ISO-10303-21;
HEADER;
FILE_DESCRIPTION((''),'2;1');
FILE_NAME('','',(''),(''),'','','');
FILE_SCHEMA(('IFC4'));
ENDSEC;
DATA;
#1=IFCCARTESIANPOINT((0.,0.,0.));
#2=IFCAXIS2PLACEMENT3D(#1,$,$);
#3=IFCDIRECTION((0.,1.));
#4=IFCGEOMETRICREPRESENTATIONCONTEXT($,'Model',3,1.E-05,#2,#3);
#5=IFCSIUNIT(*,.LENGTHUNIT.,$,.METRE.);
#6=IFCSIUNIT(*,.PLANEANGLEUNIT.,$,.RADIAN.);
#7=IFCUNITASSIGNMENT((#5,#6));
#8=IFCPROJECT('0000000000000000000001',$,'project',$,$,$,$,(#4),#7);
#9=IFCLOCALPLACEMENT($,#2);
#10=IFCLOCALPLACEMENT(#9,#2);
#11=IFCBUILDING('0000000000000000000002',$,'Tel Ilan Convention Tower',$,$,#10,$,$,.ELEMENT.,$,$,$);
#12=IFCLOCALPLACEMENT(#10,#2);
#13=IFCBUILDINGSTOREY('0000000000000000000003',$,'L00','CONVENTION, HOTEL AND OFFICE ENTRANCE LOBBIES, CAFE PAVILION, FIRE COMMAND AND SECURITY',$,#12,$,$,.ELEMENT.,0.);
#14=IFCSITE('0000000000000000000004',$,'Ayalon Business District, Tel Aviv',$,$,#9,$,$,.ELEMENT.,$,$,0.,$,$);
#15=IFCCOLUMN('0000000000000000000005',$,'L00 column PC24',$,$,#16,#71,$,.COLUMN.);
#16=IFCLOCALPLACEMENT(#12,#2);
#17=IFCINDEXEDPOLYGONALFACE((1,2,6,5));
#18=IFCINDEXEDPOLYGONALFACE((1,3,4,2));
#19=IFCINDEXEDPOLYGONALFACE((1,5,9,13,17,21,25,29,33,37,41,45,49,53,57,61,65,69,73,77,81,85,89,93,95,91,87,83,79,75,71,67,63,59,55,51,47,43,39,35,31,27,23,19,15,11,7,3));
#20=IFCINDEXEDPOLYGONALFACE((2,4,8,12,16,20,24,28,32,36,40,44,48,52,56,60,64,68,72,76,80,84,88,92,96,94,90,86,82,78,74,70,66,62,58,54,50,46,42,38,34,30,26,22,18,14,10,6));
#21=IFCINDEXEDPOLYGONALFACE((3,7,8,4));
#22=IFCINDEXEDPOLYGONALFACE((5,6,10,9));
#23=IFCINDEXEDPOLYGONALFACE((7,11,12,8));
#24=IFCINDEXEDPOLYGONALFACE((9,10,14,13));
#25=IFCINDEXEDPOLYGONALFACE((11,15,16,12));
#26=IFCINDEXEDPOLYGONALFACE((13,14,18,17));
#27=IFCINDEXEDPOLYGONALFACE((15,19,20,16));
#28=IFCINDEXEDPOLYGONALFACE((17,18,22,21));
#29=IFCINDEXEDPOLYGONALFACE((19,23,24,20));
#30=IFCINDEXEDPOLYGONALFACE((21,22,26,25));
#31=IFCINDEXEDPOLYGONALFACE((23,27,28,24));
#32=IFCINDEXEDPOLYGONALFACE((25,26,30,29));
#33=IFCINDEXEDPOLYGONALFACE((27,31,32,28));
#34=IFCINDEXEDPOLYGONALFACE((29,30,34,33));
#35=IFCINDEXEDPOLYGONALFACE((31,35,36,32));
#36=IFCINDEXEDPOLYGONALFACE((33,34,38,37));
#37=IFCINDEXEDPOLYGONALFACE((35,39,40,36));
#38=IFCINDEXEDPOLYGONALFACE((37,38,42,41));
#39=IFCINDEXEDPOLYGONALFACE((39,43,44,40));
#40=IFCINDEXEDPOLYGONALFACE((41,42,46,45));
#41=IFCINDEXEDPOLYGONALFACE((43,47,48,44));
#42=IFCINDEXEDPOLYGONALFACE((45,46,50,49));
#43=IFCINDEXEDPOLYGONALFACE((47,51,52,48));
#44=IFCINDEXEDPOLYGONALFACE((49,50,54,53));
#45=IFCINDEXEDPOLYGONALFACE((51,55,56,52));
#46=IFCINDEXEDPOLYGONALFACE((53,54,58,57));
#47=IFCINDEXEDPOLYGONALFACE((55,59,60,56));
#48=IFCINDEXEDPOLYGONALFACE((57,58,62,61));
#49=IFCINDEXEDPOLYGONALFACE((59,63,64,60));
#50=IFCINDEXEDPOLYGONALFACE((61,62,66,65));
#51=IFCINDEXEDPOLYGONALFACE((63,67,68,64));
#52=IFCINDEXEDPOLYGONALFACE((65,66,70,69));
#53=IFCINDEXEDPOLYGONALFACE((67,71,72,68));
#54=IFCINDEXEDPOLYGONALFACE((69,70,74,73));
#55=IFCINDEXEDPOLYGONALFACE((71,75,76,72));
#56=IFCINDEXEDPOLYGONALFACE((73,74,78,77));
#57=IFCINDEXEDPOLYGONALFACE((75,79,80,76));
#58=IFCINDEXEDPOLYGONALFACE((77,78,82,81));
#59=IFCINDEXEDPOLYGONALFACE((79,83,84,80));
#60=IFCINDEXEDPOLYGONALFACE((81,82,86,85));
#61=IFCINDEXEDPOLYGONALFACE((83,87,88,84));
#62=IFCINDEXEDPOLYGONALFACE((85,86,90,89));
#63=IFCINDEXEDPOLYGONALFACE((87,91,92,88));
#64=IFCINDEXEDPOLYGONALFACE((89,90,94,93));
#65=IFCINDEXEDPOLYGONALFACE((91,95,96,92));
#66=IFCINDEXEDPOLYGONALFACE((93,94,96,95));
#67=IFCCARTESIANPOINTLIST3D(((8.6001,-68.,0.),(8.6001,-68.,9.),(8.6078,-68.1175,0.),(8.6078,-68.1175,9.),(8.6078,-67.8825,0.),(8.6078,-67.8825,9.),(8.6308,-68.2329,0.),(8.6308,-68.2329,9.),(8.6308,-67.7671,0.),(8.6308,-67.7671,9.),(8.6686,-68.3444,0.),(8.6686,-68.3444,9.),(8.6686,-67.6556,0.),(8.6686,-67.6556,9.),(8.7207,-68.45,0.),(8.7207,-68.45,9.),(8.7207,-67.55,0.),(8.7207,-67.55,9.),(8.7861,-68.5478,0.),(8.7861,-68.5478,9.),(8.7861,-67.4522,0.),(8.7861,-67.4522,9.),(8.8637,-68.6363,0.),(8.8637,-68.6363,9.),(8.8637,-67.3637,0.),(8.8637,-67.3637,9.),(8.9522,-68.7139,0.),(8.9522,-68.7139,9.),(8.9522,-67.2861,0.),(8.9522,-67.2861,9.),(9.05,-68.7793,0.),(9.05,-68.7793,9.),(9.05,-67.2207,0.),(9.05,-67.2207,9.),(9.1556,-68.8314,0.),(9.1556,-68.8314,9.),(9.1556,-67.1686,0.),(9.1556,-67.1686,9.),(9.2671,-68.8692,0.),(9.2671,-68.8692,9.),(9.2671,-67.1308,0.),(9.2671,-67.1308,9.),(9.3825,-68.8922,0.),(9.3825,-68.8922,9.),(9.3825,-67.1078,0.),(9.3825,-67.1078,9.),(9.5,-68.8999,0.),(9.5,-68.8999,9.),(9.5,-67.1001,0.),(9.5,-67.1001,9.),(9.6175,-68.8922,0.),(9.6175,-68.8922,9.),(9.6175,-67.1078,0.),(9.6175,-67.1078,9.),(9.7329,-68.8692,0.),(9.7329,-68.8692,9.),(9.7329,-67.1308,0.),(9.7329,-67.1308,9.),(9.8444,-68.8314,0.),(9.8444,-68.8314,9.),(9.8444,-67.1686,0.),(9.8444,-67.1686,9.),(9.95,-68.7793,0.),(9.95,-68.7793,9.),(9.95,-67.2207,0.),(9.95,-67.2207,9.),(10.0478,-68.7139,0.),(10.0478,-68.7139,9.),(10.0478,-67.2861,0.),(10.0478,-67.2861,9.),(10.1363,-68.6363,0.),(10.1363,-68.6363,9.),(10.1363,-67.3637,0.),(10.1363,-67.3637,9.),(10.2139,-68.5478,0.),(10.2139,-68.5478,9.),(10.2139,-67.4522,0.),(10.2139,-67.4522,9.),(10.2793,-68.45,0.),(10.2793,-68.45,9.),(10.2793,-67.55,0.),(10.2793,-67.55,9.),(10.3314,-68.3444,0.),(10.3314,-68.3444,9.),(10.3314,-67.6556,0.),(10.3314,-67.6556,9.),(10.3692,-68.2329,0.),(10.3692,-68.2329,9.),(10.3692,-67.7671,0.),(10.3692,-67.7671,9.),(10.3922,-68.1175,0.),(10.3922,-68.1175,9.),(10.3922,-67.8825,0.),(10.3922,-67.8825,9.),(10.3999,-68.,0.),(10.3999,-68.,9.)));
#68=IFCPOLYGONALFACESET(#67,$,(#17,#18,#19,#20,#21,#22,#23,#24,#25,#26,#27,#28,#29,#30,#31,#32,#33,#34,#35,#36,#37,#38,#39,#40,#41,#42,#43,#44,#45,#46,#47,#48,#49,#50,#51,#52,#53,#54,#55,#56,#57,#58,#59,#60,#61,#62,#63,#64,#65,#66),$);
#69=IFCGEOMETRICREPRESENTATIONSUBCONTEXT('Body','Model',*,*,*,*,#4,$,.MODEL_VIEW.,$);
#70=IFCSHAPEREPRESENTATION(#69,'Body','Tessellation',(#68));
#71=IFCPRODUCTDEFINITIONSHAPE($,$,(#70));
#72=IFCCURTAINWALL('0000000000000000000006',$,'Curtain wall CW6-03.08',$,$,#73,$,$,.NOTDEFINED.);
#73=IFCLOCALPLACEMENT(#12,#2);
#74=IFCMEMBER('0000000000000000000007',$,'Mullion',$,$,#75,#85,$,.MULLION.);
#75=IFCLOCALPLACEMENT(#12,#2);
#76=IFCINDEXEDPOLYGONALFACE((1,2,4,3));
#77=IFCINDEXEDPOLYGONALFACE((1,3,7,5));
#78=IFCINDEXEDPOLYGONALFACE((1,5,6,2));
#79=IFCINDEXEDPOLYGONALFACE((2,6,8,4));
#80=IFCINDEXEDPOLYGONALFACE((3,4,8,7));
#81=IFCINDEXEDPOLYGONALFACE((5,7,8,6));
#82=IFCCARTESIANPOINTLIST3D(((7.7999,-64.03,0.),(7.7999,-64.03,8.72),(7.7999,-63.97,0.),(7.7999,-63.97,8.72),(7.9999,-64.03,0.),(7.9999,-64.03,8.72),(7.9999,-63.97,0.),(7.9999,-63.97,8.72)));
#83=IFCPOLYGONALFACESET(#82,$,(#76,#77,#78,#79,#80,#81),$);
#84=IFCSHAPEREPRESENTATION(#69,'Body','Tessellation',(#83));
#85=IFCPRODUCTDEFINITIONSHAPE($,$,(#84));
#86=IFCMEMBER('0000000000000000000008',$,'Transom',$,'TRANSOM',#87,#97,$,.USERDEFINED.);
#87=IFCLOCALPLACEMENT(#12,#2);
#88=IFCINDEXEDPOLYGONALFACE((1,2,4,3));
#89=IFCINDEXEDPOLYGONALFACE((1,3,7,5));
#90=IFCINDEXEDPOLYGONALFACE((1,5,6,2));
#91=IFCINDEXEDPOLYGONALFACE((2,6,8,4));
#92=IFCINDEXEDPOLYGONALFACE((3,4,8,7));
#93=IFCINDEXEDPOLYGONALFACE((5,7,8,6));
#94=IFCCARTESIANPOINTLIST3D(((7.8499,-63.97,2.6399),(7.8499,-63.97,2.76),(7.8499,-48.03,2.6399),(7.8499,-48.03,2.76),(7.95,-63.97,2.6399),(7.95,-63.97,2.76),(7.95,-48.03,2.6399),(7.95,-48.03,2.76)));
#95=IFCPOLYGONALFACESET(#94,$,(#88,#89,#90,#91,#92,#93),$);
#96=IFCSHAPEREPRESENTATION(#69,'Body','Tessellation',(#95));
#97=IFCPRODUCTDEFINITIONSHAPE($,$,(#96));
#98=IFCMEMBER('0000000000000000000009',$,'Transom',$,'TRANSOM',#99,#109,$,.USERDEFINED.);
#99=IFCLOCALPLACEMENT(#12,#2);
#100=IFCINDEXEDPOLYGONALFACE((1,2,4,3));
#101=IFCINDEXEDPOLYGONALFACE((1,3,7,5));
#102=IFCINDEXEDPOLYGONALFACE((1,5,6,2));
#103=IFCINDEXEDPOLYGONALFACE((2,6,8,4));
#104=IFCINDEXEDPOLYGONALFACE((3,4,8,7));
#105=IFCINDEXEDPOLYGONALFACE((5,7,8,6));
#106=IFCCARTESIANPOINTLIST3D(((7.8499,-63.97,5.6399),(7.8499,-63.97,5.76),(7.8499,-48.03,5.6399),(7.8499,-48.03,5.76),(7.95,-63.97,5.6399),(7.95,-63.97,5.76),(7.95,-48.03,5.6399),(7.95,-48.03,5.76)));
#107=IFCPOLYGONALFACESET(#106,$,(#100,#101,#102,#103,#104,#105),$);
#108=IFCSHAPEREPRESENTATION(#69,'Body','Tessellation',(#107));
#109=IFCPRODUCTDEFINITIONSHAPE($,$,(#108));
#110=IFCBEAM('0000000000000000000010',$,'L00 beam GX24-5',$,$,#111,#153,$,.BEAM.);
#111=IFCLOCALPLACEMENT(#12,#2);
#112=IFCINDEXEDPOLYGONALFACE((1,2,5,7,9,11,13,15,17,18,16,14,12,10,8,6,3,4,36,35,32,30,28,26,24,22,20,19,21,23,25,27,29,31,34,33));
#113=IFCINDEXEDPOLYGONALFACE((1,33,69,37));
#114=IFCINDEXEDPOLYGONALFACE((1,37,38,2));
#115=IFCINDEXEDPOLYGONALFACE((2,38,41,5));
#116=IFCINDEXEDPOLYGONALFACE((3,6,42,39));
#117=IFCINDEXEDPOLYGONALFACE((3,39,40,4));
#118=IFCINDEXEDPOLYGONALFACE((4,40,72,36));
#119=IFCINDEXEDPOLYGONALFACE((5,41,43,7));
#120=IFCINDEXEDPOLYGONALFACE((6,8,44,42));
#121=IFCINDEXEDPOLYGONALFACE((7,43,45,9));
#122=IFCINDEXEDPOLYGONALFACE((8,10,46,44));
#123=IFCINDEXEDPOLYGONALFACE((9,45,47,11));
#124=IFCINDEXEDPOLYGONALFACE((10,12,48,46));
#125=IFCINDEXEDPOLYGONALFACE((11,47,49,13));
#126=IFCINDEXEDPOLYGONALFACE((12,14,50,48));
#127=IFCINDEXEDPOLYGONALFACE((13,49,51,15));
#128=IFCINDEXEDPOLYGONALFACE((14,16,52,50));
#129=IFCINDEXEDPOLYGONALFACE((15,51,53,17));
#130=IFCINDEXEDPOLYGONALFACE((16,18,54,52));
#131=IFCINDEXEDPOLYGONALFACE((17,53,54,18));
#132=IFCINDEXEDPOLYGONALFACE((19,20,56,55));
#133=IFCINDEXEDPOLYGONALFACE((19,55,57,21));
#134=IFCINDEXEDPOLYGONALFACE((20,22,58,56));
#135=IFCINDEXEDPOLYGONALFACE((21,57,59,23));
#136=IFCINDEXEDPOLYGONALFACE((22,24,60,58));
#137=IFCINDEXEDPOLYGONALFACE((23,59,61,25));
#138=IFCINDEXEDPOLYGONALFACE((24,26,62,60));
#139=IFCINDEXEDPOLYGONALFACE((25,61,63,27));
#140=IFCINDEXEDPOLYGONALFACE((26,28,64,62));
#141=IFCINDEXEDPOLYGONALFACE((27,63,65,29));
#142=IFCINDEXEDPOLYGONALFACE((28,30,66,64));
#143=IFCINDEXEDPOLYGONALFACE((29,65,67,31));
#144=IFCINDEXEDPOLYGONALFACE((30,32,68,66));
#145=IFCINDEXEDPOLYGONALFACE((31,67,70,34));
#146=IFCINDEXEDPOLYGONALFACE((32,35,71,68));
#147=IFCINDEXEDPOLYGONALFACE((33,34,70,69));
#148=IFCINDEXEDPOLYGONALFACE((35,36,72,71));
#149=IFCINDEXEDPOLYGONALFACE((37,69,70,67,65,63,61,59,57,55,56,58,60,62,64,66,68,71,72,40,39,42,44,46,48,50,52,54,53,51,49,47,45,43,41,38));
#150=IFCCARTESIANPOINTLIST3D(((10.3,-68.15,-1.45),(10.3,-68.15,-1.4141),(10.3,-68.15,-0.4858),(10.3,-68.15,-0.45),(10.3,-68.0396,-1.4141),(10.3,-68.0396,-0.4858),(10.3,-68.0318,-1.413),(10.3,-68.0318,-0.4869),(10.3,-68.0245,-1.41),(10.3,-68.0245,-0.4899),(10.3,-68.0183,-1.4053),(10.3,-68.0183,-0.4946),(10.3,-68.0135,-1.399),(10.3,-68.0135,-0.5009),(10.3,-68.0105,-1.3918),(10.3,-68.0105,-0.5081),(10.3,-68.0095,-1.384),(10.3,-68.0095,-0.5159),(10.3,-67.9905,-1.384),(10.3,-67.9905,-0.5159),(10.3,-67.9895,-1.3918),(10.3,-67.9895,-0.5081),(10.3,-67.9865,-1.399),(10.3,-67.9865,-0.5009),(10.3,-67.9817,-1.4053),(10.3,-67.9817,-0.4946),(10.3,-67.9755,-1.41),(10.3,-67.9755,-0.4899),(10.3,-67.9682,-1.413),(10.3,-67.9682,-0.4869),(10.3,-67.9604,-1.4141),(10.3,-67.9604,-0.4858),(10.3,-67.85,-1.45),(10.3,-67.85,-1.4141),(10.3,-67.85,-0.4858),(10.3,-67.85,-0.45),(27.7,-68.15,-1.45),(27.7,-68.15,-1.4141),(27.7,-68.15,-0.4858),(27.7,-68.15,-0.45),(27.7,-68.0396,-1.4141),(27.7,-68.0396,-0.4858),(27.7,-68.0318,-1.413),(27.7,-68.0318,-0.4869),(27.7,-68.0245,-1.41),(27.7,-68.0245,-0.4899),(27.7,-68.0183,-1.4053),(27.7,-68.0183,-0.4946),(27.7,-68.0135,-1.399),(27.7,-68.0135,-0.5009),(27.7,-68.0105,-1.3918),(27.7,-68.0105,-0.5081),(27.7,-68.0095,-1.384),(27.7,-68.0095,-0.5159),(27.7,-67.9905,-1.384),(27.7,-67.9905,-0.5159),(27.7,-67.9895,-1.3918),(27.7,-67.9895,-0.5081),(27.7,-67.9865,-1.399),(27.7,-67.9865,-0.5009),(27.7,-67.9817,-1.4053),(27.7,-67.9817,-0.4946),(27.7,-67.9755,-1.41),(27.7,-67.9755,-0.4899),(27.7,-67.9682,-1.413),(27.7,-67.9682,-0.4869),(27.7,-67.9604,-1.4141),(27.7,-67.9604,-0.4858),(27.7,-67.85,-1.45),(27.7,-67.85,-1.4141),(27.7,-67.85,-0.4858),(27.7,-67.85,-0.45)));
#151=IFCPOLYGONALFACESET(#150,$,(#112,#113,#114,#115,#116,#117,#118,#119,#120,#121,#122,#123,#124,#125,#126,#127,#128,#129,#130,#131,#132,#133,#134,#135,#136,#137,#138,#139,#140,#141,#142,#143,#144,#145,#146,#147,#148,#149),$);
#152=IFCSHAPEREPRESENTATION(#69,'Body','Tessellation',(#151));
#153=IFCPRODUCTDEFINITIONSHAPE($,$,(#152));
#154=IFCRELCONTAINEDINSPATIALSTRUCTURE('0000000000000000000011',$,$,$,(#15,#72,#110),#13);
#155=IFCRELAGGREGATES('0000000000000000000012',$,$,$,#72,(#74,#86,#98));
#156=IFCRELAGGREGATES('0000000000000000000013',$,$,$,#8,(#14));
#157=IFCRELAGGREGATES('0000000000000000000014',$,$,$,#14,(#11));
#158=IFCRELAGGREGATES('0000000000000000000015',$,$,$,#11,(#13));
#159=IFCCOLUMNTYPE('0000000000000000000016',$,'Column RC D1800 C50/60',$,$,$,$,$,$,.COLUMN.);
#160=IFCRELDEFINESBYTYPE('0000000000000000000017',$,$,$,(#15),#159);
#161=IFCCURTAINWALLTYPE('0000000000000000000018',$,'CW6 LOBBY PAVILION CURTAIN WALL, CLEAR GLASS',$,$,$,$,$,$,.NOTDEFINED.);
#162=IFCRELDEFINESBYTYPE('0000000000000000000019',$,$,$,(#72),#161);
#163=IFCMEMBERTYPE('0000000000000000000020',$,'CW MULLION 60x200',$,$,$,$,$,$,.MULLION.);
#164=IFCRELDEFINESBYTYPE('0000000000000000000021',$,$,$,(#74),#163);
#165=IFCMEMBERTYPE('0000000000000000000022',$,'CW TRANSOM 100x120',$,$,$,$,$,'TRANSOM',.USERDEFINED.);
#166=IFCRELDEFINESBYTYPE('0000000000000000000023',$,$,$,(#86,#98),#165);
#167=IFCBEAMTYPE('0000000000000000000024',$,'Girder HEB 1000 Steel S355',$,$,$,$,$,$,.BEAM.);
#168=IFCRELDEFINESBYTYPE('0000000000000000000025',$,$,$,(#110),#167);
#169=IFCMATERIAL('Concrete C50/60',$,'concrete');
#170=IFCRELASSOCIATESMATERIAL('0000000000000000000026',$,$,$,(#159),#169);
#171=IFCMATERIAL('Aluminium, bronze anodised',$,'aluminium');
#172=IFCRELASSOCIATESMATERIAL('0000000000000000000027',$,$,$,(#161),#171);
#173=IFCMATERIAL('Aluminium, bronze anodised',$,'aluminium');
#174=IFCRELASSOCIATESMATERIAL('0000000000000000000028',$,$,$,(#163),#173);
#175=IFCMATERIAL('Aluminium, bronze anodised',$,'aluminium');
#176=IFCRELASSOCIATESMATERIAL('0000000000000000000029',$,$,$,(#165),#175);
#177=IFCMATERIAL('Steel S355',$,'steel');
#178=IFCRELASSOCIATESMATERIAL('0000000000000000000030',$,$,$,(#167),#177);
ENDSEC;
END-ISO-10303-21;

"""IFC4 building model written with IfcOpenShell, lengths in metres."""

from ifc_helpers import new_model, si_unit, direction, frame, origin, origin_2d, place, context, subcontext, project, spatial, rectangle, circle, i_section, extrude, material, material_profile, profile_set, type_object, element, aggregate, save


model = new_model("IFC4")

# Units and contexts
model_context = context("Model", 3, precision=1e-05, world=origin(), true_north=direction((0.0, 1.0)))
body_context = subcontext(model_context, "Body", "Model", "MODEL_VIEW")
ifc_project = project(units=[si_unit("LENGTHUNIT", "METRE"), si_unit("PLANEANGLEUNIT", "RADIAN")], contexts=[model_context])

# Site, building, storey
site_placement = place(None, origin())
site = spatial("IfcSite", under=ifc_project, at=site_placement, Name="Ayalon Business District, Tel Aviv", CompositionType="ELEMENT", RefElevation=0.0)
building_placement = place(site_placement, origin())
building = spatial("IfcBuilding", under=site, at=building_placement, Name="Tel Ilan Convention Tower", CompositionType="ELEMENT")
storey_placement = place(building_placement, origin())
storey = spatial("IfcBuildingStorey", under=building, at=storey_placement, Name="L00", Description="CONVENTION, HOTEL AND OFFICE ENTRANCE LOBBIES, CAFE PAVILION, FIRE COMMAND AND SECURITY", CompositionType="ELEMENT", Elevation=0.0)

# Column
ifc_material_1 = material(Name="Concrete C50/60", Category="concrete")
ifc_material_profile_1 = material_profile(ifc_material_1, circle(Radius=0.8999, at=origin_2d()), Name="RC D1800")
ifc_profile_set_1 = profile_set([ifc_material_profile_1], Name="Concrete C50/60")
column_type = type_object("IfcColumnType", Name="Column RC D1800 C50/60", PredefinedType="COLUMN", material=ifc_profile_set_1)
column_placement = place(storey_placement, frame((9.5, -68.0, 0.0), z_axis=(0.0, 0.0, 1.0), x_axis=(1.0, 0.0, 0.0)))
element("IfcColumn", 1, at=column_placement, inside=storey, type_object=column_type, Name="L00 column PC24", PredefinedType="COLUMN", context=body_context, shape_type="SweptSolid", body=[
    extrude(circle(Radius=0.8999, at=origin_2d()), origin(), (0.0, 0.0, 1.0), 9.0),
])

# Curtain wall, members
ifc_material_2 = material(Name="Aluminium, bronze anodised", Category="aluminium")
curtain_wall_type = type_object("IfcCurtainWallType", Name="CW6 LOBBY PAVILION CURTAIN WALL, CLEAR GLASS", PredefinedType="NOTDEFINED", material=ifc_material_2)
curtain_wall_1_placement = place(storey_placement, origin())
curtain_wall_1 = element("IfcCurtainWall", 2, at=curtain_wall_1_placement, inside=storey, type_object=curtain_wall_type, Name="Curtain wall CW6-03.08", PredefinedType="NOTDEFINED")
ifc_material_3 = material(Name="Aluminium, bronze anodised", Category="aluminium")
ifc_material_profile_2 = material_profile(ifc_material_3, rectangle(XDim=0.0601, YDim=0.2, at=origin_2d()), Name="CW MULLION 60x200")
ifc_profile_set_2 = profile_set([ifc_material_profile_2], Name="Aluminium, bronze anodised")
member_type_1 = type_object("IfcMemberType", Name="CW MULLION 60x200", PredefinedType="MULLION", material=ifc_profile_set_2)
member_1_placement = place(storey_placement, frame((7.8999, -64.0, 0.0), z_axis=(0.0, 0.0, 1.0), x_axis=(0.0, 1.0, 0.0)))
member_1 = element("IfcMember", 3, at=member_1_placement, type_object=member_type_1, Name="Mullion", PredefinedType="MULLION", context=body_context, shape_type="SweptSolid", body=[
    extrude(rectangle(XDim=0.0601, YDim=0.2, at=origin_2d()), origin(), (0.0, 0.0, 1.0), 8.72),
])
ifc_material_4 = material(Name="Aluminium, bronze anodised", Category="aluminium")
ifc_material_profile_3 = material_profile(ifc_material_4, rectangle(XDim=0.1001, YDim=0.1201, at=origin_2d()), Name="CW TRANSOM 100x120")
ifc_profile_set_3 = profile_set([ifc_material_profile_3], Name="Aluminium, bronze anodised")
member_type_2 = type_object("IfcMemberType", Name="CW TRANSOM 100x120", ElementType="TRANSOM", PredefinedType="USERDEFINED", material=ifc_profile_set_3)
member_2_placement = place(storey_placement, frame((7.8999, -63.97, 2.7), z_axis=(0.0, 1.0, 0.0), x_axis=(-1.0, 0.0, 0.0)))
member_2 = element("IfcMember", 4, at=member_2_placement, type_object=member_type_2, Name="Transom", ObjectType="TRANSOM", PredefinedType="USERDEFINED", context=body_context, shape_type="SweptSolid", body=[
    extrude(rectangle(XDim=0.1001, YDim=0.1201, at=origin_2d()), origin(), (0.0, 0.0, 1.0), 15.9399),
])
member_3_placement = place(storey_placement, frame((7.8999, -63.97, 5.7), z_axis=(0.0, 1.0, 0.0), x_axis=(-1.0, 0.0, 0.0)))
member_3 = element("IfcMember", 5, at=member_3_placement, type_object=member_type_2, Name="Transom", ObjectType="TRANSOM", PredefinedType="USERDEFINED", context=body_context, shape_type="SweptSolid", body=[
    extrude(rectangle(XDim=0.1001, YDim=0.1201, at=origin_2d()), origin(), (0.0, 0.0, 1.0), 15.9399),
])
aggregate(curtain_wall_1, [member_1, member_2, member_3])

# Beam
ifc_material_5 = material(Name="Steel S355", Category="steel")
ifc_material_profile_4 = material_profile(ifc_material_5, i_section(OverallWidth=0.3, OverallDepth=1.0, WebThickness=0.019, FlangeThickness=0.0359, FilletRadius=0.03, at=origin_2d()), Name="HEB 1000")
ifc_profile_set_4 = profile_set([ifc_material_profile_4], Name="Steel S355")
beam_type_1 = type_object("IfcBeamType", Name="Girder HEB 1000 Steel S355", PredefinedType="BEAM", material=ifc_profile_set_4)
beam_1_placement = place(storey_placement, frame((10.3, -68.0, -0.95), z_axis=(1.0, 0.0, 0.0), x_axis=(0.0, 1.0, 0.0)))
element("IfcBeam", 6, at=beam_1_placement, inside=storey, type_object=beam_type_1, Name="L00 beam GX24-5", PredefinedType="BEAM", context=body_context, shape_type="SweptSolid", body=[
    extrude(i_section(OverallWidth=0.3, OverallDepth=1.0, WebThickness=0.019, FlangeThickness=0.0359, FilletRadius=0.03, at=origin_2d()), origin(), (0.0, 0.0, 1.0), 17.3999),
])

save(model, "model.ifc")
